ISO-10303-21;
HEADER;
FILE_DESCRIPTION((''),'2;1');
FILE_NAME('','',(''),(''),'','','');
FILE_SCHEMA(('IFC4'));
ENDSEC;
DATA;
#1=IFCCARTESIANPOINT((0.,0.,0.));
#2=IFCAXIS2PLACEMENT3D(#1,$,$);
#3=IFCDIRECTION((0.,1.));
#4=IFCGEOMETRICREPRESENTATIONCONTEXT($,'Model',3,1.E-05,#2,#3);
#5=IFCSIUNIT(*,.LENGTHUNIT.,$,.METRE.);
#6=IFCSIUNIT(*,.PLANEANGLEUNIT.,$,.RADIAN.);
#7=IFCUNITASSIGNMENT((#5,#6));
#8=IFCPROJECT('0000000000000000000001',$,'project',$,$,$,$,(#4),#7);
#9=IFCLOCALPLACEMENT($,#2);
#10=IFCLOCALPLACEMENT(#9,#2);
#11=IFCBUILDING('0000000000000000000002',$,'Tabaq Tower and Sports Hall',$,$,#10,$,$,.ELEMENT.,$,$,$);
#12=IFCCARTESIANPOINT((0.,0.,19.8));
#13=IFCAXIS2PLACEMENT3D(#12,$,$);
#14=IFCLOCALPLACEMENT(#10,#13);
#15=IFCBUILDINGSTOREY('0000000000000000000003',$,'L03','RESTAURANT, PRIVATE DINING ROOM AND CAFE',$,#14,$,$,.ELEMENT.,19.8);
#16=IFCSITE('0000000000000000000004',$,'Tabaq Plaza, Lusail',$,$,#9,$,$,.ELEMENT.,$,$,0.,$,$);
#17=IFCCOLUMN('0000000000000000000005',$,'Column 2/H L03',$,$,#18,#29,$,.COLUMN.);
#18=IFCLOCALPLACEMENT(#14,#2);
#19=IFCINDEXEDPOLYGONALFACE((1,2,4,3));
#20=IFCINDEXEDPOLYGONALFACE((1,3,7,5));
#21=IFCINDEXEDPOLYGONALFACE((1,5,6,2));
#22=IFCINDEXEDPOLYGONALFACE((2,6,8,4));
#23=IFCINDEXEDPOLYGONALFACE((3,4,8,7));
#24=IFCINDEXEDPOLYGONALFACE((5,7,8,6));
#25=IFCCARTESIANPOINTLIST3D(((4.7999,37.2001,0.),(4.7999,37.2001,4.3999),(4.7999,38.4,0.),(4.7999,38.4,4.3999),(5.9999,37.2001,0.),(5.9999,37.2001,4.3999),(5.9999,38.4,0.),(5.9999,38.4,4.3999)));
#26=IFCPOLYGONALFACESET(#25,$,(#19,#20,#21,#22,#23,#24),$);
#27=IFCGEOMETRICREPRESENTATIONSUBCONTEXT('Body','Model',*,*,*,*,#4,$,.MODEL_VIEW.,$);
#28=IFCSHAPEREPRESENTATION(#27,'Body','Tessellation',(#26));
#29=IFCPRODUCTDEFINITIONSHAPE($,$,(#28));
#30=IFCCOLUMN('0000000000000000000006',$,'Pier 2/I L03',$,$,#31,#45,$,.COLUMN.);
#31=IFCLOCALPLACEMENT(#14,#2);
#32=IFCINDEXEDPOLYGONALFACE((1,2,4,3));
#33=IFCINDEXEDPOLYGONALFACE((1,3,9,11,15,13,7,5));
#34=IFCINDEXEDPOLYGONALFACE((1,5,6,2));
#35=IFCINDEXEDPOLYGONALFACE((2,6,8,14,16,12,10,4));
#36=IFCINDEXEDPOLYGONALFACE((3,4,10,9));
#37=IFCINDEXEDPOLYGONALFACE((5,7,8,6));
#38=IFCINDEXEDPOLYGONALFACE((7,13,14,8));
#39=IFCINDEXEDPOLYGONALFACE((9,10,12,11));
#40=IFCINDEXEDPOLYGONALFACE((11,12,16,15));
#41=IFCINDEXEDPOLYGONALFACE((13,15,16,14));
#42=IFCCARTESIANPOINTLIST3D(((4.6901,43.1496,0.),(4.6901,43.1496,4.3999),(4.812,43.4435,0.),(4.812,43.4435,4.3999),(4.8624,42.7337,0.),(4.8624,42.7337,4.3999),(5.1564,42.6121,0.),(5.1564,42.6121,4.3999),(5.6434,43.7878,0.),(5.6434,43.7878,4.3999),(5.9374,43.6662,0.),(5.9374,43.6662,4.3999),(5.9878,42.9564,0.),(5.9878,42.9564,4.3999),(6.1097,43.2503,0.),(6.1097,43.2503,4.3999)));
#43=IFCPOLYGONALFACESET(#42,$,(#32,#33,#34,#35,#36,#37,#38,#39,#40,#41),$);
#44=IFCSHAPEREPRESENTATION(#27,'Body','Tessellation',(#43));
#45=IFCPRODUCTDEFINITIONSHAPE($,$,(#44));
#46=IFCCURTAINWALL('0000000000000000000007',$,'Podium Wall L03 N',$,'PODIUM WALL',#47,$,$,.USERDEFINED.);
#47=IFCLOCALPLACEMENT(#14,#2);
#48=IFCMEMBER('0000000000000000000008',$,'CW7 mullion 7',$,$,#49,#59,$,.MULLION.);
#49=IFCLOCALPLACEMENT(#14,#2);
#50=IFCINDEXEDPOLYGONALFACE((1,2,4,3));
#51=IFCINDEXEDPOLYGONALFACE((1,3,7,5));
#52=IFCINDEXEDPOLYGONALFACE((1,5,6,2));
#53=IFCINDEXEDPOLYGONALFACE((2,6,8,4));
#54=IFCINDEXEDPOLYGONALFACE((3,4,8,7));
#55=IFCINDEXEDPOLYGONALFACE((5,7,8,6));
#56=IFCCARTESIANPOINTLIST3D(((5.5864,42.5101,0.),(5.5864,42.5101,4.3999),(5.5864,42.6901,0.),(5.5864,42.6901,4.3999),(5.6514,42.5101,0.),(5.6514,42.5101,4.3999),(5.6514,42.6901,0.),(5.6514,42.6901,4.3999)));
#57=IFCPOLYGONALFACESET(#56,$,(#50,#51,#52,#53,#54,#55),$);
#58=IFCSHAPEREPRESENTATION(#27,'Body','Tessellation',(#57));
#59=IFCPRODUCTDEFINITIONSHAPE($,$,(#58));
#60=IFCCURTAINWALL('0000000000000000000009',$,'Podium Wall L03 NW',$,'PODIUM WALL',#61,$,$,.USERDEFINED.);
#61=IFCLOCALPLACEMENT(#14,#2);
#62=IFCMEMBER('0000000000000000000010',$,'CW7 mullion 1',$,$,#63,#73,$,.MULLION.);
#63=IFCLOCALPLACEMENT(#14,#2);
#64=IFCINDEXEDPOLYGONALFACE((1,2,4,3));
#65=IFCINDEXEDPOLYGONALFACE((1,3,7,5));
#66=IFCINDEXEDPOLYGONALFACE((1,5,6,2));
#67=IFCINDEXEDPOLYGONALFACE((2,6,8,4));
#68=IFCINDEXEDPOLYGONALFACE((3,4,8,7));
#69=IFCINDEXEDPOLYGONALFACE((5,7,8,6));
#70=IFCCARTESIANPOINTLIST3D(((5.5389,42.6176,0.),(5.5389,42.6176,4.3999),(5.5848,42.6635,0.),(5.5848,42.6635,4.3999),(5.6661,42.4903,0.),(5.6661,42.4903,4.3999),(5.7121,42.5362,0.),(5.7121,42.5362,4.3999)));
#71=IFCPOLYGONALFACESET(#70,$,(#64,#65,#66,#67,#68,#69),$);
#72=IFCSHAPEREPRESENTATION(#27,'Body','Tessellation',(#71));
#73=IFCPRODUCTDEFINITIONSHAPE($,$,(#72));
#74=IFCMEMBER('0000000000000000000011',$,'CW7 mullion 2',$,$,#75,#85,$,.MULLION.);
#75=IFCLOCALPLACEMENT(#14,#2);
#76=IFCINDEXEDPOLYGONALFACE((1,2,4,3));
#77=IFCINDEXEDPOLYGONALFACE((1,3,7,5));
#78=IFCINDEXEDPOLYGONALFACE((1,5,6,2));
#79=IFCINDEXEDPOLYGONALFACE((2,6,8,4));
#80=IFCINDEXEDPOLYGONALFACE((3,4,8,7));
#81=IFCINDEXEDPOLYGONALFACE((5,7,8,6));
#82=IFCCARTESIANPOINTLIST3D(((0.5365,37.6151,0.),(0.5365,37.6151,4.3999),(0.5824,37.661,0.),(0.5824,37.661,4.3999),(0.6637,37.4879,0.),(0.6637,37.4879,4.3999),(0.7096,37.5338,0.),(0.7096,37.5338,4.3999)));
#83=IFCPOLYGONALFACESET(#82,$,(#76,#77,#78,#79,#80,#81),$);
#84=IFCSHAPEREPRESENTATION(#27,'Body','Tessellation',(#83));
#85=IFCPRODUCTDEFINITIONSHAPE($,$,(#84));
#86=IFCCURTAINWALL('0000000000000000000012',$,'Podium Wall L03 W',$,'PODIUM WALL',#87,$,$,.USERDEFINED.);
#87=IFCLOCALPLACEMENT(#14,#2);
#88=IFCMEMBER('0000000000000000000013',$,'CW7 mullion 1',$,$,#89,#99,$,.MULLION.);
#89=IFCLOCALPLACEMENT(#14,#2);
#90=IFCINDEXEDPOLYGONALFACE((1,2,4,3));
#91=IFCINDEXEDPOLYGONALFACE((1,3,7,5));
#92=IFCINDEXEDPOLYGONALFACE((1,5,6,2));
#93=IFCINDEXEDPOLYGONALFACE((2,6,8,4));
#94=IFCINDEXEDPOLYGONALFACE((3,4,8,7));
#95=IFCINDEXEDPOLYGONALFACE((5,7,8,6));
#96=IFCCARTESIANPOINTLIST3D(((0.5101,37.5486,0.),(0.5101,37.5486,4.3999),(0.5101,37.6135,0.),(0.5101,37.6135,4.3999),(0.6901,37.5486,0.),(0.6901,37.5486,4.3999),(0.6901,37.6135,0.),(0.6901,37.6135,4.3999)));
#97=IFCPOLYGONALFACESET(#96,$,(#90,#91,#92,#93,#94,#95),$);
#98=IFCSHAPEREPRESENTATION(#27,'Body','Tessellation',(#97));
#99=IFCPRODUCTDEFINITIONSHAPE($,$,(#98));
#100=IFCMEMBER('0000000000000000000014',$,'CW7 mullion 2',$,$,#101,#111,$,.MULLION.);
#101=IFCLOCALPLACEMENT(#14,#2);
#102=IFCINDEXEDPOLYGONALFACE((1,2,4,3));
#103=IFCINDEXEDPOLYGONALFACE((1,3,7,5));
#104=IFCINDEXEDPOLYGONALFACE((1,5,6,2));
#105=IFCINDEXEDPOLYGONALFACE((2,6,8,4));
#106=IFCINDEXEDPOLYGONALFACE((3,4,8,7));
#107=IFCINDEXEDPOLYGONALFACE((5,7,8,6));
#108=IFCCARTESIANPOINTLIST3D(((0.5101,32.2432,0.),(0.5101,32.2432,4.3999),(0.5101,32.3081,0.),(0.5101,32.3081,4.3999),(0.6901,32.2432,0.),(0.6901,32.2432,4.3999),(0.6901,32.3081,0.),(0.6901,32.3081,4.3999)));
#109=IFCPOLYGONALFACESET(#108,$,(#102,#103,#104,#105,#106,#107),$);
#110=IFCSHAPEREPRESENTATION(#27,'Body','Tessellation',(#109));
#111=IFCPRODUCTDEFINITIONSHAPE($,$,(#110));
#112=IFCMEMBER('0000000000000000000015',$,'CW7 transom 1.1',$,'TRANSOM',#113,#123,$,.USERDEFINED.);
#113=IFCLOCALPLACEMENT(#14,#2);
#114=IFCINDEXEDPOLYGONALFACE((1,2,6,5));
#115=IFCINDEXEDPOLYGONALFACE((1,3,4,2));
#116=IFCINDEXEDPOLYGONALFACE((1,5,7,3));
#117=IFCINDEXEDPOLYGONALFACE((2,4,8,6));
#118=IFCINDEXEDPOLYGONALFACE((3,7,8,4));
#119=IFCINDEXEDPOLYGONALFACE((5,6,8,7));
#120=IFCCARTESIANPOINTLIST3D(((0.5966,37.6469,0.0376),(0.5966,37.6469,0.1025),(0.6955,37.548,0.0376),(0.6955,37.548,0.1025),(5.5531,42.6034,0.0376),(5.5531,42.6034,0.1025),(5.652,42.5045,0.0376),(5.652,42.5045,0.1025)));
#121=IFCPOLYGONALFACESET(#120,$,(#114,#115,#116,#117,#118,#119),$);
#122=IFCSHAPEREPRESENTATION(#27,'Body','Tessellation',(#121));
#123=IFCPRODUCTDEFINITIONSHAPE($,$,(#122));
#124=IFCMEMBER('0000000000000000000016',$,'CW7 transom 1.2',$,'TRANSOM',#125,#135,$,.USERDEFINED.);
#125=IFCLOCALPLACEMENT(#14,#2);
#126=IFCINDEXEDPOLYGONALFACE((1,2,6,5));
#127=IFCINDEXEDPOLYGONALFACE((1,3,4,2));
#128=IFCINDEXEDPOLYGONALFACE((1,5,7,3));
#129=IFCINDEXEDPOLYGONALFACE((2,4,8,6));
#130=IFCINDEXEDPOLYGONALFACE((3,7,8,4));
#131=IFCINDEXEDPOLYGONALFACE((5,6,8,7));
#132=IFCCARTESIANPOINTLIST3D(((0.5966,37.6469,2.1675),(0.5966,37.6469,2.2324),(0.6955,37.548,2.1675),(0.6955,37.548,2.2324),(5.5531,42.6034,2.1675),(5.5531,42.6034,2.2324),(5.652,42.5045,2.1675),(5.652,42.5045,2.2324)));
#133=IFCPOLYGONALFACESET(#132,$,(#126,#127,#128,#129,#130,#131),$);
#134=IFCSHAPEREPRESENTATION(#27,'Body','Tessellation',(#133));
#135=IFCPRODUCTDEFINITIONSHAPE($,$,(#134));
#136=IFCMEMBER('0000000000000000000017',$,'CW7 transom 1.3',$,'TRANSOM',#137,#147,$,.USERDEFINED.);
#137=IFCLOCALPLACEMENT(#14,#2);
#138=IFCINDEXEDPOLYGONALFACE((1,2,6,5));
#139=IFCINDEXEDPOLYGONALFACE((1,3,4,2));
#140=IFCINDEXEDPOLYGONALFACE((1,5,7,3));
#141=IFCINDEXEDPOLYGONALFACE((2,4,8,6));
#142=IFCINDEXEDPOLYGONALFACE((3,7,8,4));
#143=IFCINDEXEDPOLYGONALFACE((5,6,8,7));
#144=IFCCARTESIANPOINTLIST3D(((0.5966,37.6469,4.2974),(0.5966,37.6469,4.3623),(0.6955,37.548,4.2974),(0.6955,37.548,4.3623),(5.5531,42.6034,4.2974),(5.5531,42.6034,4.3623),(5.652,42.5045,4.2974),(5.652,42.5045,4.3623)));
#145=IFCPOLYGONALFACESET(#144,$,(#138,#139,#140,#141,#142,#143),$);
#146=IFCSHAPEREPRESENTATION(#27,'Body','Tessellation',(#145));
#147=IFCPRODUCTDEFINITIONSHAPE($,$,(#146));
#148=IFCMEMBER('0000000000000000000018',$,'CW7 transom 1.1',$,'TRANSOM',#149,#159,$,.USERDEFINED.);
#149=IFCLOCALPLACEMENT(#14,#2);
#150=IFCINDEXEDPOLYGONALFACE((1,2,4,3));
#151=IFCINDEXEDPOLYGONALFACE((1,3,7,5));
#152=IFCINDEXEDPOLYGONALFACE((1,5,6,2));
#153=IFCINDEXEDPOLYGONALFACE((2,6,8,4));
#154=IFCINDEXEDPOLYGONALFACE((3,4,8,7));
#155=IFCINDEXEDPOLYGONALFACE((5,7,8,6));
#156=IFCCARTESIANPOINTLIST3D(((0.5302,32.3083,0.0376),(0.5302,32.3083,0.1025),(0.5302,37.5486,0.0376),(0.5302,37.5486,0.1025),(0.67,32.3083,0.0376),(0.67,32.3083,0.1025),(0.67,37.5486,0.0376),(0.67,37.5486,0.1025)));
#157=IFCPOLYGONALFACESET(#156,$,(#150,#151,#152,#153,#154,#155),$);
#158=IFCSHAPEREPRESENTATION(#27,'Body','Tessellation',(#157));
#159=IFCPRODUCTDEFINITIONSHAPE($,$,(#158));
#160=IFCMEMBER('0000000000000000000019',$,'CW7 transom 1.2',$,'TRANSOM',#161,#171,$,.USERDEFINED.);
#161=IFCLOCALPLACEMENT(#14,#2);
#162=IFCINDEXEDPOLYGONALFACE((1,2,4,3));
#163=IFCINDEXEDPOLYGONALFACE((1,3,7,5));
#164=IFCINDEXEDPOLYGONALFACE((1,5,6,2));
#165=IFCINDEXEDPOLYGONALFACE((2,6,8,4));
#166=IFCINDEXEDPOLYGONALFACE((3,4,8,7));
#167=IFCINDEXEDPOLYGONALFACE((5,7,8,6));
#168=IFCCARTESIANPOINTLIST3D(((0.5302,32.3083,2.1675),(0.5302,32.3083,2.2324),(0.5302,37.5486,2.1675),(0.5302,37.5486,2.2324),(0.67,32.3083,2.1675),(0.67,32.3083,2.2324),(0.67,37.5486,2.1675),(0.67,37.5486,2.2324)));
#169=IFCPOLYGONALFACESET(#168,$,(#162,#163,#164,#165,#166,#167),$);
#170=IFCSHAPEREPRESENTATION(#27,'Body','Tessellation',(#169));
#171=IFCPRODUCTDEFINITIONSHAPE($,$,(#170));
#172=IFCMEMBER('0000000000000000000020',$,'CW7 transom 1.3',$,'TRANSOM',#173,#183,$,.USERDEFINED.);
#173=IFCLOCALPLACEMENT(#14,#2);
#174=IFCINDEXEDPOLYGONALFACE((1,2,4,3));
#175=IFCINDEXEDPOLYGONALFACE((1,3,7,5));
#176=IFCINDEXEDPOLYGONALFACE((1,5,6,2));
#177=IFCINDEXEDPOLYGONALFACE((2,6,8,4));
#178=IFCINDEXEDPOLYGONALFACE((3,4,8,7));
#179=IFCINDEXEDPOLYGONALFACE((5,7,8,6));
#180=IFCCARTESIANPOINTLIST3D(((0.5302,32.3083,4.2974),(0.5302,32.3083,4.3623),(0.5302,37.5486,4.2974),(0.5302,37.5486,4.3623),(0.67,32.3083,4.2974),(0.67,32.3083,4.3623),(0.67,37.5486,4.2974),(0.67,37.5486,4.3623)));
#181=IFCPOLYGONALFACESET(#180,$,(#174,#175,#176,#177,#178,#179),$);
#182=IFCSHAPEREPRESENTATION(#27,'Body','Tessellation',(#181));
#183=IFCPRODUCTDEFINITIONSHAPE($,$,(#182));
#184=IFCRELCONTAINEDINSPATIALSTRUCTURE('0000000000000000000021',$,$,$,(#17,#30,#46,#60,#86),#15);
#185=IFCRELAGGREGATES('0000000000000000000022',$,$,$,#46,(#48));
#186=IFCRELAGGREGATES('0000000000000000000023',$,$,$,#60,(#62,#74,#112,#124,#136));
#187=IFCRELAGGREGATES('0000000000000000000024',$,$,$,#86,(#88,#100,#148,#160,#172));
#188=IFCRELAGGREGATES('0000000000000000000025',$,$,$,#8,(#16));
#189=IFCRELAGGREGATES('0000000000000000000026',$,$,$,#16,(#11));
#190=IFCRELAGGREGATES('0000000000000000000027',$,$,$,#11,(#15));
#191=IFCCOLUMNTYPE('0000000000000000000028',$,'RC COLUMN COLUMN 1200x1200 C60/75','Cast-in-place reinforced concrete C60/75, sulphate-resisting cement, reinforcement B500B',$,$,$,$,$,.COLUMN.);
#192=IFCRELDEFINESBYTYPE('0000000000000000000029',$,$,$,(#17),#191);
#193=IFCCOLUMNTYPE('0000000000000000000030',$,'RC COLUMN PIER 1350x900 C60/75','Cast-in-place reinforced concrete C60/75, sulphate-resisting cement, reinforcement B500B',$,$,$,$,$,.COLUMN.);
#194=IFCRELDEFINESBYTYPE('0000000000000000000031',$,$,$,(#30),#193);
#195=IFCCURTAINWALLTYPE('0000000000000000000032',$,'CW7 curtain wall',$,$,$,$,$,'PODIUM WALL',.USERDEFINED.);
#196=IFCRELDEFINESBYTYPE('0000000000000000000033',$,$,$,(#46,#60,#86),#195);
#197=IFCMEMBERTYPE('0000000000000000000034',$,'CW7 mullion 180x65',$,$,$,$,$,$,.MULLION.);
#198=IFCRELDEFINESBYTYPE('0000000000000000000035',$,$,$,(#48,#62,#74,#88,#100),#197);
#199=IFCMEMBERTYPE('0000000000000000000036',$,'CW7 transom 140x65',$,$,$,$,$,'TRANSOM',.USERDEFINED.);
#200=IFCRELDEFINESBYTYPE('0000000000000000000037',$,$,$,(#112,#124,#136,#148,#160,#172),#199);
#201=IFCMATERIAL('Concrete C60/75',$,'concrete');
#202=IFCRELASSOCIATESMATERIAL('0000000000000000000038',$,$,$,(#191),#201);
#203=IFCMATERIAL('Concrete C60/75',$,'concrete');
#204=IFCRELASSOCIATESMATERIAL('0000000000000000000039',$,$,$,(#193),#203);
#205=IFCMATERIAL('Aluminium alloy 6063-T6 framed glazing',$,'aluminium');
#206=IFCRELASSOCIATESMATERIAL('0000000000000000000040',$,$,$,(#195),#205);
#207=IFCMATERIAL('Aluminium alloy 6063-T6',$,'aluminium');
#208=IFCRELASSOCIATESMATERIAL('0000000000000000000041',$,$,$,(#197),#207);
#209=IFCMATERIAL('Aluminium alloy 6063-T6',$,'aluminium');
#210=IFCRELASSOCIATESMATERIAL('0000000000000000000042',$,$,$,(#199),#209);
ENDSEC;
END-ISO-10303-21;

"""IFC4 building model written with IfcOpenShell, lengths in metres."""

from ifc_helpers import new_model, si_unit, direction, frame, origin, origin_2d, place, context, subcontext, project, spatial, polyline, rectangle, outline, extrude, material, material_profile, profile_set, type_object, element, aggregate, save


model = new_model("IFC4")

# Units and contexts
model_context = context("Model", 3, precision=1e-05, world=origin(), true_north=direction((0.0, 1.0)))
body_context = subcontext(model_context, "Body", "Model", "MODEL_VIEW")
ifc_project = project(units=[si_unit("LENGTHUNIT", "METRE"), si_unit("PLANEANGLEUNIT", "RADIAN")], contexts=[model_context])

# Site, building, storey
site_placement = place(None, origin())
site = spatial("IfcSite", under=ifc_project, at=site_placement, Name="Tabaq Plaza, Lusail", CompositionType="ELEMENT", RefElevation=0.0)
building_placement = place(site_placement, origin())
building = spatial("IfcBuilding", under=site, at=building_placement, Name="Tabaq Tower and Sports Hall", CompositionType="ELEMENT")
storey_placement = place(building_placement, frame((0.0, 0.0, 19.8)))
storey = spatial("IfcBuildingStorey", under=building, at=storey_placement, Name="L03", Description="RESTAURANT, PRIVATE DINING ROOM AND CAFE", CompositionType="ELEMENT", Elevation=19.8)

# Columns
ifc_material_1 = material(Name="Concrete C60/75", Category="concrete")
ifc_material_profile_1 = material_profile(ifc_material_1, rectangle(XDim=1.2, YDim=1.2, at=origin_2d()), Name="COLUMN 1200x1200")
ifc_profile_set_1 = profile_set([ifc_material_profile_1], Name="Concrete C60/75")
column_type_1 = type_object("IfcColumnType", Name="RC COLUMN COLUMN 1200x1200 C60/75", Description="Cast-in-place reinforced concrete C60/75, sulphate-resisting cement, reinforcement B500B", PredefinedType="COLUMN", material=ifc_profile_set_1)
column_1_placement = place(storey_placement, frame((5.3999, 37.8, 0.0), z_axis=(0.0, 0.0, 1.0), x_axis=(1.0, 0.0, 0.0)))
element("IfcColumn", 1, at=column_1_placement, inside=storey, type_object=column_type_1, Name="Column 2/H L03", PredefinedType="COLUMN", context=body_context, shape_type="SweptSolid", body=[
    extrude(rectangle(XDim=1.2, YDim=1.2, at=origin_2d()), origin(), (0.0, 0.0, 1.0), 4.3999),
])
ifc_material_2 = material(Name="Concrete C60/75", Category="concrete")
ifc_material_profile_2 = material_profile(ifc_material_2, outline(polyline([(-0.45, -0.45), (0.45, -0.45), (0.675, -0.2251), (0.675, 0.2251), (0.45, 0.45), (-0.45, 0.45), (-0.675, 0.2251), (-0.675, -0.2251), (-0.45, -0.45)])), Name="PIER 1350x900")
ifc_profile_set_2 = profile_set([ifc_material_profile_2], Name="Concrete C60/75")
column_type_2 = type_object("IfcColumnType", Name="RC COLUMN PIER 1350x900 C60/75", Description="Cast-in-place reinforced concrete C60/75, sulphate-resisting cement, reinforcement B500B", PredefinedType="COLUMN", material=ifc_profile_set_2)
column_2_placement = place(storey_placement, frame((5.3999, 43.2, 0.0), z_axis=(0.0, 0.0, 1.0), x_axis=(0.92388, 0.382683, 0.0)))
element("IfcColumn", 2, at=column_2_placement, inside=storey, type_object=column_type_2, Name="Pier 2/I L03", PredefinedType="COLUMN", context=body_context, shape_type="SweptSolid", body=[
    extrude(outline(polyline([(-0.45, -0.45), (0.45, -0.45), (0.675, -0.2251), (0.675, 0.2251), (0.45, 0.45), (-0.45, 0.45), (-0.675, 0.2251), (-0.675, -0.2251), (-0.45, -0.45)])), origin(), (0.0, 0.0, 1.0), 4.3999),
])

# Curtain wall, member
ifc_material_3 = material(Name="Aluminium alloy 6063-T6 framed glazing", Category="aluminium")
curtain_wall_type = type_object("IfcCurtainWallType", Name="CW7 curtain wall", ElementType="PODIUM WALL", PredefinedType="USERDEFINED", material=ifc_material_3)
curtain_wall_1_placement = place(storey_placement, origin())
curtain_wall_1 = element("IfcCurtainWall", 3, at=curtain_wall_1_placement, inside=storey, type_object=curtain_wall_type, Name="Podium Wall L03 N", ObjectType="PODIUM WALL", PredefinedType="USERDEFINED")
ifc_material_4 = material(Name="Aluminium alloy 6063-T6", Category="aluminium")
ifc_material_profile_3 = material_profile(ifc_material_4, rectangle(XDim=0.1799, YDim=0.0649, at=origin_2d()), Name="MULLION 180x65")
ifc_profile_set_3 = profile_set([ifc_material_profile_3], Name="Aluminium alloy 6063-T6")
member_type_1 = type_object("IfcMemberType", Name="CW7 mullion 180x65", PredefinedType="MULLION", material=ifc_profile_set_3)
member_1_placement = place(storey_placement, frame((5.6189, 42.6001, 0.0), z_axis=(0.0, 0.0, 1.0), x_axis=(0.0, -1.0, 0.0)))
member_1 = element("IfcMember", 4, at=member_1_placement, type_object=member_type_1, Name="CW7 mullion 7", PredefinedType="MULLION", context=body_context, shape_type="SweptSolid", body=[
    extrude(rectangle(XDim=0.1799, YDim=0.0649, at=origin_2d()), origin(), (0.0, 0.0, 1.0), 4.3999),
])

# Curtain walls, members
curtain_wall_2_placement = place(storey_placement, origin())
curtain_wall_2 = element("IfcCurtainWall", 5, at=curtain_wall_2_placement, inside=storey, type_object=curtain_wall_type, Name="Podium Wall L03 NW", ObjectType="PODIUM WALL", PredefinedType="USERDEFINED")
member_2_placement = place(storey_placement, frame((5.6255, 42.5769, 0.0), z_axis=(0.0, 0.0, 1.0), x_axis=(0.707107, -0.707107, 0.0)))
member_2 = element("IfcMember", 6, at=member_2_placement, type_object=member_type_1, Name="CW7 mullion 1", PredefinedType="MULLION", context=body_context, shape_type="SweptSolid", body=[
    extrude(rectangle(XDim=0.1799, YDim=0.0649, at=origin_2d()), origin(), (0.0, 0.0, 1.0), 4.3999),
])
member_3_placement = place(storey_placement, frame((0.623, 37.5745, 0.0), z_axis=(0.0, 0.0, 1.0), x_axis=(0.707107, -0.707107, 0.0)))
member_3 = element("IfcMember", 7, at=member_3_placement, type_object=member_type_1, Name="CW7 mullion 2", PredefinedType="MULLION", context=body_context, shape_type="SweptSolid", body=[
    extrude(rectangle(XDim=0.1799, YDim=0.0649, at=origin_2d()), origin(), (0.0, 0.0, 1.0), 4.3999),
])
curtain_wall_3_placement = place(storey_placement, origin())
curtain_wall_3 = element("IfcCurtainWall", 8, at=curtain_wall_3_placement, inside=storey, type_object=curtain_wall_type, Name="Podium Wall L03 W", ObjectType="PODIUM WALL", PredefinedType="USERDEFINED")
member_4_placement = place(storey_placement, frame((0.6001, 37.5811, 0.0), z_axis=(0.0, 0.0, 1.0), x_axis=(1.0, 0.0, 0.0)))
member_4 = element("IfcMember", 9, at=member_4_placement, type_object=member_type_1, Name="CW7 mullion 1", PredefinedType="MULLION", context=body_context, shape_type="SweptSolid", body=[
    extrude(rectangle(XDim=0.1799, YDim=0.0649, at=origin_2d()), origin(), (0.0, 0.0, 1.0), 4.3999),
])
member_5_placement = place(storey_placement, frame((0.6001, 32.2756, 0.0), z_axis=(0.0, 0.0, 1.0), x_axis=(1.0, 0.0, 0.0)))
member_5 = element("IfcMember", 10, at=member_5_placement, type_object=member_type_1, Name="CW7 mullion 2", PredefinedType="MULLION", context=body_context, shape_type="SweptSolid", body=[
    extrude(rectangle(XDim=0.1799, YDim=0.0649, at=origin_2d()), origin(), (0.0, 0.0, 1.0), 4.3999),
])

# Members
ifc_material_5 = material(Name="Aluminium alloy 6063-T6", Category="aluminium")
ifc_material_profile_4 = material_profile(ifc_material_5, rectangle(XDim=0.1399, YDim=0.0649, at=origin_2d()), Name="TRANSOM 140x65")
ifc_profile_set_4 = profile_set([ifc_material_profile_4], Name="Aluminium alloy 6063-T6")
member_type_2 = type_object("IfcMemberType", Name="CW7 transom 140x65", ElementType="TRANSOM", PredefinedType="USERDEFINED", material=ifc_profile_set_4)
member_6_placement = place(storey_placement, frame((5.6025, 42.554, 0.0701), z_axis=(-0.707107, -0.707107, 0.0), x_axis=(0.707107, -0.707107, 0.0)))
member_6 = element("IfcMember", 11, at=member_6_placement, type_object=member_type_2, Name="CW7 transom 1.1", ObjectType="TRANSOM", PredefinedType="USERDEFINED", context=body_context, shape_type="SweptSolid", body=[
    extrude(rectangle(XDim=0.1399, YDim=0.0649, at=origin_2d()), origin(), (0.0, 0.0, 1.0), 7.0095),
])
member_7_placement = place(storey_placement, frame((5.6025, 42.554, 2.2), z_axis=(-0.707107, -0.707107, 0.0), x_axis=(0.707107, -0.707107, 0.0)))
member_7 = element("IfcMember", 12, at=member_7_placement, type_object=member_type_2, Name="CW7 transom 1.2", ObjectType="TRANSOM", PredefinedType="USERDEFINED", context=body_context, shape_type="SweptSolid", body=[
    extrude(rectangle(XDim=0.1399, YDim=0.0649, at=origin_2d()), origin(), (0.0, 0.0, 1.0), 7.0095),
])
member_8_placement = place(storey_placement, frame((5.6025, 42.554, 4.3298), z_axis=(-0.707107, -0.707107, 0.0), x_axis=(0.707107, -0.707107, 0.0)))
member_8 = element("IfcMember", 13, at=member_8_placement, type_object=member_type_2, Name="CW7 transom 1.3", ObjectType="TRANSOM", PredefinedType="USERDEFINED", context=body_context, shape_type="SweptSolid", body=[
    extrude(rectangle(XDim=0.1399, YDim=0.0649, at=origin_2d()), origin(), (0.0, 0.0, 1.0), 7.0095),
])
member_9_placement = place(storey_placement, frame((0.6001, 37.5486, 0.0701), z_axis=(0.0, -1.0, 0.0), x_axis=(1.0, 0.0, 0.0)))
member_9 = element("IfcMember", 14, at=member_9_placement, type_object=member_type_2, Name="CW7 transom 1.1", ObjectType="TRANSOM", PredefinedType="USERDEFINED", context=body_context, shape_type="SweptSolid", body=[
    extrude(rectangle(XDim=0.1399, YDim=0.0649, at=origin_2d()), origin(), (0.0, 0.0, 1.0), 5.2402),
])
member_10_placement = place(storey_placement, frame((0.6001, 37.5486, 2.2), z_axis=(0.0, -1.0, 0.0), x_axis=(1.0, 0.0, 0.0)))
member_10 = element("IfcMember", 15, at=member_10_placement, type_object=member_type_2, Name="CW7 transom 1.2", ObjectType="TRANSOM", PredefinedType="USERDEFINED", context=body_context, shape_type="SweptSolid", body=[
    extrude(rectangle(XDim=0.1399, YDim=0.0649, at=origin_2d()), origin(), (0.0, 0.0, 1.0), 5.2402),
])
member_11_placement = place(storey_placement, frame((0.6001, 37.5486, 4.3298), z_axis=(0.0, -1.0, 0.0), x_axis=(1.0, 0.0, 0.0)))
member_11 = element("IfcMember", 16, at=member_11_placement, type_object=member_type_2, Name="CW7 transom 1.3", ObjectType="TRANSOM", PredefinedType="USERDEFINED", context=body_context, shape_type="SweptSolid", body=[
    extrude(rectangle(XDim=0.1399, YDim=0.0649, at=origin_2d()), origin(), (0.0, 0.0, 1.0), 5.2402),
])

aggregate(curtain_wall_1, [member_1])
aggregate(curtain_wall_2, [member_2, member_3, member_6, member_7, member_8])
aggregate(curtain_wall_3, [member_4, member_5, member_9, member_10, member_11])

save(model, "model.ifc")
